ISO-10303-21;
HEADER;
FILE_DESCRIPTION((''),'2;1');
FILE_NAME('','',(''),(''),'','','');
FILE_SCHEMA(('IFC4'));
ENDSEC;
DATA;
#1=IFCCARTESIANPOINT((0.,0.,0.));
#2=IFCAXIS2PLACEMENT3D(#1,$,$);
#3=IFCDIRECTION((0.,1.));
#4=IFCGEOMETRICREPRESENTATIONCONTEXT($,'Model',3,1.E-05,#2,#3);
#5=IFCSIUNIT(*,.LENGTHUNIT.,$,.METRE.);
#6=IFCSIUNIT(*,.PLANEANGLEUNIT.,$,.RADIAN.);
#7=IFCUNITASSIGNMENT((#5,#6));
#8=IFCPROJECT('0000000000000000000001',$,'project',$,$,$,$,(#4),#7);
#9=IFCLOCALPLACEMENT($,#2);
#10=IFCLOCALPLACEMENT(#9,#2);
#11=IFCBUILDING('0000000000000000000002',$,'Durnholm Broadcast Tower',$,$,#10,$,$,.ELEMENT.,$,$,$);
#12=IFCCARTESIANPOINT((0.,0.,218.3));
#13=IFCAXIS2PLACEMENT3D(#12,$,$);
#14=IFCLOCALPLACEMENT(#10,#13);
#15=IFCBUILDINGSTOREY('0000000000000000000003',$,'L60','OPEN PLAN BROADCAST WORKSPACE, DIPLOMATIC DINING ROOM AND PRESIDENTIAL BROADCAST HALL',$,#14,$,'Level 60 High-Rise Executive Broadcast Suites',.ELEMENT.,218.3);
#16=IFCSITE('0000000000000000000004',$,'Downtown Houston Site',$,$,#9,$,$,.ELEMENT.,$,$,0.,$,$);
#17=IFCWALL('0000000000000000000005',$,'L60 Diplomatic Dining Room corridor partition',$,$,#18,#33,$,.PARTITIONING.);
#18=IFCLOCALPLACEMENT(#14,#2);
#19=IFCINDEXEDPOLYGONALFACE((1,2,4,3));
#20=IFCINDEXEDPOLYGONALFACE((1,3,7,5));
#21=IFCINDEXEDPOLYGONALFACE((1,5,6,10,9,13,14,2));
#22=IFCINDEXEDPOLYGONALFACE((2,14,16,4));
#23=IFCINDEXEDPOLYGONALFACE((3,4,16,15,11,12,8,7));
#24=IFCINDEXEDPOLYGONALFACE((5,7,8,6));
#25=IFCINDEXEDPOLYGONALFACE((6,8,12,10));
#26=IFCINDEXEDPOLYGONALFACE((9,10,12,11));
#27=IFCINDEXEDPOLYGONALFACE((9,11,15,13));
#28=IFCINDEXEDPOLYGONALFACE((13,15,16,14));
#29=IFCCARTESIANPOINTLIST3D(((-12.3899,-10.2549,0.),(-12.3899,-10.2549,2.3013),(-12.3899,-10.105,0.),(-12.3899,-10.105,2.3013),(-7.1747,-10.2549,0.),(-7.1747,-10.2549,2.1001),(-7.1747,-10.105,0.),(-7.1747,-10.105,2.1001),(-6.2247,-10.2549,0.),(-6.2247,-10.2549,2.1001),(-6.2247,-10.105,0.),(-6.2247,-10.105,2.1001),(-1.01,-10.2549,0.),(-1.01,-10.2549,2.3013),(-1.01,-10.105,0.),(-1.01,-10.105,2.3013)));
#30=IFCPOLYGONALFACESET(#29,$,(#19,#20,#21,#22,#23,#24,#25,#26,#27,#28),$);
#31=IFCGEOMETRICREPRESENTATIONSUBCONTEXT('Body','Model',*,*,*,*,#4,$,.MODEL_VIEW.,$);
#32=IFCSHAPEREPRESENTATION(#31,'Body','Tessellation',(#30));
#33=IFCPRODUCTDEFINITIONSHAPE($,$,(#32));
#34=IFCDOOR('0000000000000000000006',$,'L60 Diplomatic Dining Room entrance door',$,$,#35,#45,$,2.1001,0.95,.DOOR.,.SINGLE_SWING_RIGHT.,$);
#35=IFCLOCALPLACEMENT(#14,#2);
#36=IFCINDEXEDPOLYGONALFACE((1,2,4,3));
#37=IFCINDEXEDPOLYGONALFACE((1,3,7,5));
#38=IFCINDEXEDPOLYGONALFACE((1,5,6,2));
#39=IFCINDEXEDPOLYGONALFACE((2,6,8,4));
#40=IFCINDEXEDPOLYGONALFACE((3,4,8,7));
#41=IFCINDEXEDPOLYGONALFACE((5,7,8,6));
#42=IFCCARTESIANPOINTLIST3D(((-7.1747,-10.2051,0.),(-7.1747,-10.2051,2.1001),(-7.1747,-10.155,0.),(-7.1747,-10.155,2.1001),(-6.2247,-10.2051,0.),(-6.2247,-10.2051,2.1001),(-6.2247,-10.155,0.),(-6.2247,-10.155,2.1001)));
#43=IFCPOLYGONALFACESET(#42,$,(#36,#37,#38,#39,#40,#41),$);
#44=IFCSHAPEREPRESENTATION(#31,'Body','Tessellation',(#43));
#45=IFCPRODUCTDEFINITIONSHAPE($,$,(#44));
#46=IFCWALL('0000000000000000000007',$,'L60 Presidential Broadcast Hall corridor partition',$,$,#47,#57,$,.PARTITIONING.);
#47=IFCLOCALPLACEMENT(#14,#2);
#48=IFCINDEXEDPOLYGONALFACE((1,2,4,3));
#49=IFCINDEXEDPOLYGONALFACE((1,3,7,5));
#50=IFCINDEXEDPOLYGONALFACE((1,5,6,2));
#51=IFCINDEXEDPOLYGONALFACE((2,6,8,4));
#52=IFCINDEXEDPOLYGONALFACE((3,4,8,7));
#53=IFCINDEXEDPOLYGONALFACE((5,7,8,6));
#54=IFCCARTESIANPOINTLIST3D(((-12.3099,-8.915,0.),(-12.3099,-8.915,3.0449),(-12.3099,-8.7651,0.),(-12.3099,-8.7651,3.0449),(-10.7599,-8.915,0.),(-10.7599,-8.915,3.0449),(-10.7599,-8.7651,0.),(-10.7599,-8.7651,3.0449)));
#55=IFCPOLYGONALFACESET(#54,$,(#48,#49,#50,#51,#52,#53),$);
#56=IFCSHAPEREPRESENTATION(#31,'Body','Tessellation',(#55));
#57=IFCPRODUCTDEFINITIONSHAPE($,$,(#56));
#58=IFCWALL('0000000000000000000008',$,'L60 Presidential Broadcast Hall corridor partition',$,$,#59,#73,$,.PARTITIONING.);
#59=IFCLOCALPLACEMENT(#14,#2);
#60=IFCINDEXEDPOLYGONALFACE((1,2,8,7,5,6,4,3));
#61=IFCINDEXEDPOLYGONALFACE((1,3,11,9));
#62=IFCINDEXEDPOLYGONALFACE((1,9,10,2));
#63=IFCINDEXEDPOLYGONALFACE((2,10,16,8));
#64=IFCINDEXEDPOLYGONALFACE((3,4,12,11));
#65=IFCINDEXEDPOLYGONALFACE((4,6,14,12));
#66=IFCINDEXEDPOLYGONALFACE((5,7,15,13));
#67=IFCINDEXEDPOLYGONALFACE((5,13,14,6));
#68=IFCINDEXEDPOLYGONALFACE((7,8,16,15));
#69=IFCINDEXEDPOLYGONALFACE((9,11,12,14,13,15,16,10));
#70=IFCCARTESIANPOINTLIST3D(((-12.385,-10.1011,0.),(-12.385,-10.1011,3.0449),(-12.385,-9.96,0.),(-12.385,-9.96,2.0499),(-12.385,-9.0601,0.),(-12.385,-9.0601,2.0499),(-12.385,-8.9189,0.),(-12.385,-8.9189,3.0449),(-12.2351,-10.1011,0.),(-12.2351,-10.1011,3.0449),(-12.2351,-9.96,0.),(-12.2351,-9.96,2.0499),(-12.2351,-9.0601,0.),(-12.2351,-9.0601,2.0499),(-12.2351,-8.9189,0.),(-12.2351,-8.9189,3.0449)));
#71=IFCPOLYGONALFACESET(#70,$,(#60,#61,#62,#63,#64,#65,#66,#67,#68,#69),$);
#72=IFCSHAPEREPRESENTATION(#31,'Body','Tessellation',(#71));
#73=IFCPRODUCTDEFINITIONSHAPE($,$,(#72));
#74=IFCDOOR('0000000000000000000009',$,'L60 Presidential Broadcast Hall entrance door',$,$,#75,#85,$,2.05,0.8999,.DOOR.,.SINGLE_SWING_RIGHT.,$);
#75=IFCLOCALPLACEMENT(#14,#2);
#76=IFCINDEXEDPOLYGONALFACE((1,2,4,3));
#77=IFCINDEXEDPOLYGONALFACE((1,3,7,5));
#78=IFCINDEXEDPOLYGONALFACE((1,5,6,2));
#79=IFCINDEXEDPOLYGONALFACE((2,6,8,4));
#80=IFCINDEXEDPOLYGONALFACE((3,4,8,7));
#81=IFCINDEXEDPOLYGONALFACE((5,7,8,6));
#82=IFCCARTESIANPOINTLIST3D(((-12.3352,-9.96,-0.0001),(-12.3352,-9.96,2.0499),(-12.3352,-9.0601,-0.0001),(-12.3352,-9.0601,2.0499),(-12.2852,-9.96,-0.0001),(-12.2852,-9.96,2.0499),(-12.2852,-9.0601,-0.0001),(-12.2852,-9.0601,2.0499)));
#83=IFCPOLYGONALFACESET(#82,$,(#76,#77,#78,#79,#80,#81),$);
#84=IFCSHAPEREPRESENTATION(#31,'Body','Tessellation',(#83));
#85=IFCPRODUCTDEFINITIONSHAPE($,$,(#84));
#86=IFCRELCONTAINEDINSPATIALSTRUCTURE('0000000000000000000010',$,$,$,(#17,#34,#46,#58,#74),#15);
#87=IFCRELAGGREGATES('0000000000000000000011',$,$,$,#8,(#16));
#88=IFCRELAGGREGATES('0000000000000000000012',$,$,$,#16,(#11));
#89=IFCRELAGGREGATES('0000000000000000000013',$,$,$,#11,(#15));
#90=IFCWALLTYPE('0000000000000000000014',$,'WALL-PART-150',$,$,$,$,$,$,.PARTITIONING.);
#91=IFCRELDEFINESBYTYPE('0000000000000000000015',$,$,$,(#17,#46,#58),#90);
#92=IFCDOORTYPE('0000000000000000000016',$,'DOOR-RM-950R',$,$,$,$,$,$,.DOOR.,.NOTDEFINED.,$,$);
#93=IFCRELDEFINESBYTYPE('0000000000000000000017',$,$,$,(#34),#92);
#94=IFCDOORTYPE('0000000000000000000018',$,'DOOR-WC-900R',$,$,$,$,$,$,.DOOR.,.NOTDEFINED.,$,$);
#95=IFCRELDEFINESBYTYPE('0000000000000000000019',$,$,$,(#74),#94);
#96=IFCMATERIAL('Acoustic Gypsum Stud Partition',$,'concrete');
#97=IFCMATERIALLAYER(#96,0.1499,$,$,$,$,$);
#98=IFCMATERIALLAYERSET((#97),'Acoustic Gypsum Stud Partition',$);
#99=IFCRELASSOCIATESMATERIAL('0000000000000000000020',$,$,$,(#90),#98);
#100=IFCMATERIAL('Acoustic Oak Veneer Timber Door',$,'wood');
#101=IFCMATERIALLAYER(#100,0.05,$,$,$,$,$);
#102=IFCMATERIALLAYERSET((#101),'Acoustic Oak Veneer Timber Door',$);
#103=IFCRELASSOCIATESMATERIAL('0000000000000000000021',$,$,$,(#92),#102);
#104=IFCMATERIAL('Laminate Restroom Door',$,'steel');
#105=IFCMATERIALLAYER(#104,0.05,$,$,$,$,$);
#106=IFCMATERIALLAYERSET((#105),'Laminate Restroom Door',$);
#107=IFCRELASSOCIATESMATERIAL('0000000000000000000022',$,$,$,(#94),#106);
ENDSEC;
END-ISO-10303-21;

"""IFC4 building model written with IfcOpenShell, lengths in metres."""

from ifc_helpers import new_model, si_unit, direction, frame, frame_2d, origin, place, context, subcontext, project, spatial, rectangle, extrude, source, transform, mapped, material, layer, layer_set, type_object, type_shapes, element, fill, save


model = new_model("IFC4")

# Units and contexts
model_context = context("Model", 3, precision=1e-05, world=origin(), true_north=direction((0.0, 1.0)))
body_context = subcontext(model_context, "Body", "Model", "MODEL_VIEW")
ifc_project = project(units=[si_unit("LENGTHUNIT", "METRE"), si_unit("PLANEANGLEUNIT", "RADIAN")], contexts=[model_context])

# Site, building, storey
site_placement = place(None, origin())
site = spatial("IfcSite", under=ifc_project, at=site_placement, Name="Downtown Houston Site", CompositionType="ELEMENT", RefElevation=0.0)
building_placement = place(site_placement, origin())
building = spatial("IfcBuilding", under=site, at=building_placement, Name="Durnholm Broadcast Tower", CompositionType="ELEMENT")
storey_placement = place(building_placement, frame((0.0, 0.0, 218.3)))
storey = spatial("IfcBuildingStorey", under=building, at=storey_placement, Name="L60", Description="OPEN PLAN BROADCAST WORKSPACE, DIPLOMATIC DINING ROOM AND PRESIDENTIAL BROADCAST HALL", LongName="Level 60 High-Rise Executive Broadcast Suites", CompositionType="ELEMENT", Elevation=218.3)

# Wall, opening, door
ifc_material_1 = material(Name="Acoustic Gypsum Stud Partition", Category="concrete")
ifc_layer_1 = layer(ifc_material_1, 0.1499)
ifc_layer_set_1 = layer_set([ifc_layer_1], Name="Acoustic Gypsum Stud Partition")
wall_type_1 = type_object("IfcWallType", Name="WALL-PART-150", PredefinedType="PARTITIONING", material=ifc_layer_set_1)
wall_1_placement = place(storey_placement, frame((-12.3899, -10.1799, 0.0), z_axis=(0.0, 0.0, 1.0), x_axis=(1.0, 0.0, 0.0)))
wall_1 = element("IfcWall", 1, at=wall_1_placement, inside=storey, type_object=wall_type_1, Name="L60 Diplomatic Dining Room corridor partition", PredefinedType="PARTITIONING", context=body_context, shape_type="SweptSolid", body=[
    extrude(rectangle(XDim=11.3799, YDim=0.1499, at=frame_2d((5.6899, 0.0))), origin(), (0.0, 0.0, 1.0), 2.3013),
])
opening_1_placement = place(wall_1_placement, frame((5.2151, 0.0, 0.0)))
opening_1 = element("IfcOpeningElement", 2, at=opening_1_placement, cuts=wall_1, PredefinedType="OPENING", context=body_context, shape_type="SweptSolid", body=[
    extrude(rectangle(XDim=0.95, YDim=2.1001, at=frame_2d((0.4751, 1.05))), frame((0.0, 0.085, 0.0), z_axis=(0.0, -1.0, 0.0), x_axis=(1.0, 0.0, 0.0)), (0.0, 0.0, 1.0), 0.1699),
])
ifc_material_2 = material(Name="Acoustic Oak Veneer Timber Door", Category="wood")
ifc_layer_2 = layer(ifc_material_2, 0.05)
ifc_layer_set_2 = layer_set([ifc_layer_2], Name="Acoustic Oak Veneer Timber Door")
door_type_1 = type_object("IfcDoorType", Name="DOOR-RM-950R", OperationType="NOTDEFINED", PredefinedType="DOOR", material=ifc_layer_set_2)
shared_shape_1 = source(origin(), body_context, "Body", "SweptSolid", [
    extrude(rectangle(XDim=0.95, YDim=2.1001, at=frame_2d((0.4751, 1.05))), frame((0.0, 0.0249, 0.0), z_axis=(0.0, -1.0, 0.0), x_axis=(1.0, 0.0, 0.0)), (0.0, 0.0, 1.0), 0.05),
])
type_shapes(door_type_1, [shared_shape_1])
door_1_placement = place(opening_1_placement, origin())
door_1 = element("IfcDoor", 3, at=door_1_placement, inside=storey, type_object=door_type_1, Name="L60 Diplomatic Dining Room entrance door", OperationType="SINGLE_SWING_RIGHT", OverallHeight=2.1001, OverallWidth=0.95, PredefinedType="DOOR", context=body_context, shape_type="MappedRepresentation", body=[
    mapped(shared_shape_1, transform((0.0, 0.0, 0.0), x_axis=(1.0, 0.0, 0.0), y_axis=(0.0, 1.0, 0.0), z_axis=(0.0, 0.0, 1.0), scale=1.0)),
])
fill(opening_1, door_1)

# Wall
wall_2_placement = place(storey_placement, frame((-10.76, -8.8401, 0.0), z_axis=(0.0, 0.0, 1.0), x_axis=(-1.0, 0.0, 0.0)))
element("IfcWall", 4, at=wall_2_placement, inside=storey, type_object=wall_type_1, Name="L60 Presidential Broadcast Hall corridor partition", PredefinedType="PARTITIONING", context=body_context, shape_type="SweptSolid", body=[
    extrude(rectangle(XDim=1.55, YDim=0.1499, at=frame_2d((0.7749, 0.0))), origin(), (0.0, 0.0, 1.0), 3.0449),
])

# Wall, opening, door
wall_3_placement = place(storey_placement, frame((-12.3101, -8.9189, 0.0), z_axis=(0.0, 0.0, 1.0), x_axis=(0.0, -1.0, 0.0)))
wall_3 = element("IfcWall", 5, at=wall_3_placement, inside=storey, type_object=wall_type_1, Name="L60 Presidential Broadcast Hall corridor partition", PredefinedType="PARTITIONING", context=body_context, shape_type="SweptSolid", body=[
    extrude(rectangle(XDim=1.1821, YDim=0.1499, at=frame_2d((0.5911, 0.0))), origin(), (0.0, 0.0, 1.0), 3.0449),
])
opening_2_placement = place(wall_3_placement, frame((0.1411, 0.0, 0.0)))
opening_2 = element("IfcOpeningElement", 6, at=opening_2_placement, cuts=wall_3, PredefinedType="OPENING", context=body_context, shape_type="SweptSolid", body=[
    extrude(rectangle(XDim=0.8999, YDim=2.05, at=frame_2d((0.45, 1.0249))), frame((0.0, 0.085, 0.0), z_axis=(0.0, -1.0, 0.0), x_axis=(1.0, 0.0, 0.0)), (0.0, 0.0, 1.0), 0.1699),
])
ifc_material_3 = material(Name="Laminate Restroom Door", Category="steel")
ifc_layer_3 = layer(ifc_material_3, 0.05)
ifc_layer_set_3 = layer_set([ifc_layer_3], Name="Laminate Restroom Door")
door_type_2 = type_object("IfcDoorType", Name="DOOR-WC-900R", OperationType="NOTDEFINED", PredefinedType="DOOR", material=ifc_layer_set_3)
shared_shape_2 = source(origin(), body_context, "Body", "SweptSolid", [
    extrude(rectangle(XDim=0.8999, YDim=2.05, at=frame_2d((0.45, 1.0249))), frame((0.0, 0.0249, 0.0), z_axis=(0.0, -1.0, 0.0), x_axis=(1.0, 0.0, 0.0)), (0.0, 0.0, 1.0), 0.05),
])
type_shapes(door_type_2, [shared_shape_2])
door_2_placement = place(opening_2_placement, origin())
door_2 = element("IfcDoor", 7, at=door_2_placement, inside=storey, type_object=door_type_2, Name="L60 Presidential Broadcast Hall entrance door", OperationType="SINGLE_SWING_RIGHT", OverallHeight=2.05, OverallWidth=0.8999, PredefinedType="DOOR", context=body_context, shape_type="MappedRepresentation", body=[
    mapped(shared_shape_2, transform((0.0, 0.0, 0.0), x_axis=(1.0, 0.0, 0.0), y_axis=(0.0, 1.0, 0.0), z_axis=(0.0, 0.0, 1.0), scale=1.0)),
])
fill(opening_2, door_2)

save(model, "model.ifc")
